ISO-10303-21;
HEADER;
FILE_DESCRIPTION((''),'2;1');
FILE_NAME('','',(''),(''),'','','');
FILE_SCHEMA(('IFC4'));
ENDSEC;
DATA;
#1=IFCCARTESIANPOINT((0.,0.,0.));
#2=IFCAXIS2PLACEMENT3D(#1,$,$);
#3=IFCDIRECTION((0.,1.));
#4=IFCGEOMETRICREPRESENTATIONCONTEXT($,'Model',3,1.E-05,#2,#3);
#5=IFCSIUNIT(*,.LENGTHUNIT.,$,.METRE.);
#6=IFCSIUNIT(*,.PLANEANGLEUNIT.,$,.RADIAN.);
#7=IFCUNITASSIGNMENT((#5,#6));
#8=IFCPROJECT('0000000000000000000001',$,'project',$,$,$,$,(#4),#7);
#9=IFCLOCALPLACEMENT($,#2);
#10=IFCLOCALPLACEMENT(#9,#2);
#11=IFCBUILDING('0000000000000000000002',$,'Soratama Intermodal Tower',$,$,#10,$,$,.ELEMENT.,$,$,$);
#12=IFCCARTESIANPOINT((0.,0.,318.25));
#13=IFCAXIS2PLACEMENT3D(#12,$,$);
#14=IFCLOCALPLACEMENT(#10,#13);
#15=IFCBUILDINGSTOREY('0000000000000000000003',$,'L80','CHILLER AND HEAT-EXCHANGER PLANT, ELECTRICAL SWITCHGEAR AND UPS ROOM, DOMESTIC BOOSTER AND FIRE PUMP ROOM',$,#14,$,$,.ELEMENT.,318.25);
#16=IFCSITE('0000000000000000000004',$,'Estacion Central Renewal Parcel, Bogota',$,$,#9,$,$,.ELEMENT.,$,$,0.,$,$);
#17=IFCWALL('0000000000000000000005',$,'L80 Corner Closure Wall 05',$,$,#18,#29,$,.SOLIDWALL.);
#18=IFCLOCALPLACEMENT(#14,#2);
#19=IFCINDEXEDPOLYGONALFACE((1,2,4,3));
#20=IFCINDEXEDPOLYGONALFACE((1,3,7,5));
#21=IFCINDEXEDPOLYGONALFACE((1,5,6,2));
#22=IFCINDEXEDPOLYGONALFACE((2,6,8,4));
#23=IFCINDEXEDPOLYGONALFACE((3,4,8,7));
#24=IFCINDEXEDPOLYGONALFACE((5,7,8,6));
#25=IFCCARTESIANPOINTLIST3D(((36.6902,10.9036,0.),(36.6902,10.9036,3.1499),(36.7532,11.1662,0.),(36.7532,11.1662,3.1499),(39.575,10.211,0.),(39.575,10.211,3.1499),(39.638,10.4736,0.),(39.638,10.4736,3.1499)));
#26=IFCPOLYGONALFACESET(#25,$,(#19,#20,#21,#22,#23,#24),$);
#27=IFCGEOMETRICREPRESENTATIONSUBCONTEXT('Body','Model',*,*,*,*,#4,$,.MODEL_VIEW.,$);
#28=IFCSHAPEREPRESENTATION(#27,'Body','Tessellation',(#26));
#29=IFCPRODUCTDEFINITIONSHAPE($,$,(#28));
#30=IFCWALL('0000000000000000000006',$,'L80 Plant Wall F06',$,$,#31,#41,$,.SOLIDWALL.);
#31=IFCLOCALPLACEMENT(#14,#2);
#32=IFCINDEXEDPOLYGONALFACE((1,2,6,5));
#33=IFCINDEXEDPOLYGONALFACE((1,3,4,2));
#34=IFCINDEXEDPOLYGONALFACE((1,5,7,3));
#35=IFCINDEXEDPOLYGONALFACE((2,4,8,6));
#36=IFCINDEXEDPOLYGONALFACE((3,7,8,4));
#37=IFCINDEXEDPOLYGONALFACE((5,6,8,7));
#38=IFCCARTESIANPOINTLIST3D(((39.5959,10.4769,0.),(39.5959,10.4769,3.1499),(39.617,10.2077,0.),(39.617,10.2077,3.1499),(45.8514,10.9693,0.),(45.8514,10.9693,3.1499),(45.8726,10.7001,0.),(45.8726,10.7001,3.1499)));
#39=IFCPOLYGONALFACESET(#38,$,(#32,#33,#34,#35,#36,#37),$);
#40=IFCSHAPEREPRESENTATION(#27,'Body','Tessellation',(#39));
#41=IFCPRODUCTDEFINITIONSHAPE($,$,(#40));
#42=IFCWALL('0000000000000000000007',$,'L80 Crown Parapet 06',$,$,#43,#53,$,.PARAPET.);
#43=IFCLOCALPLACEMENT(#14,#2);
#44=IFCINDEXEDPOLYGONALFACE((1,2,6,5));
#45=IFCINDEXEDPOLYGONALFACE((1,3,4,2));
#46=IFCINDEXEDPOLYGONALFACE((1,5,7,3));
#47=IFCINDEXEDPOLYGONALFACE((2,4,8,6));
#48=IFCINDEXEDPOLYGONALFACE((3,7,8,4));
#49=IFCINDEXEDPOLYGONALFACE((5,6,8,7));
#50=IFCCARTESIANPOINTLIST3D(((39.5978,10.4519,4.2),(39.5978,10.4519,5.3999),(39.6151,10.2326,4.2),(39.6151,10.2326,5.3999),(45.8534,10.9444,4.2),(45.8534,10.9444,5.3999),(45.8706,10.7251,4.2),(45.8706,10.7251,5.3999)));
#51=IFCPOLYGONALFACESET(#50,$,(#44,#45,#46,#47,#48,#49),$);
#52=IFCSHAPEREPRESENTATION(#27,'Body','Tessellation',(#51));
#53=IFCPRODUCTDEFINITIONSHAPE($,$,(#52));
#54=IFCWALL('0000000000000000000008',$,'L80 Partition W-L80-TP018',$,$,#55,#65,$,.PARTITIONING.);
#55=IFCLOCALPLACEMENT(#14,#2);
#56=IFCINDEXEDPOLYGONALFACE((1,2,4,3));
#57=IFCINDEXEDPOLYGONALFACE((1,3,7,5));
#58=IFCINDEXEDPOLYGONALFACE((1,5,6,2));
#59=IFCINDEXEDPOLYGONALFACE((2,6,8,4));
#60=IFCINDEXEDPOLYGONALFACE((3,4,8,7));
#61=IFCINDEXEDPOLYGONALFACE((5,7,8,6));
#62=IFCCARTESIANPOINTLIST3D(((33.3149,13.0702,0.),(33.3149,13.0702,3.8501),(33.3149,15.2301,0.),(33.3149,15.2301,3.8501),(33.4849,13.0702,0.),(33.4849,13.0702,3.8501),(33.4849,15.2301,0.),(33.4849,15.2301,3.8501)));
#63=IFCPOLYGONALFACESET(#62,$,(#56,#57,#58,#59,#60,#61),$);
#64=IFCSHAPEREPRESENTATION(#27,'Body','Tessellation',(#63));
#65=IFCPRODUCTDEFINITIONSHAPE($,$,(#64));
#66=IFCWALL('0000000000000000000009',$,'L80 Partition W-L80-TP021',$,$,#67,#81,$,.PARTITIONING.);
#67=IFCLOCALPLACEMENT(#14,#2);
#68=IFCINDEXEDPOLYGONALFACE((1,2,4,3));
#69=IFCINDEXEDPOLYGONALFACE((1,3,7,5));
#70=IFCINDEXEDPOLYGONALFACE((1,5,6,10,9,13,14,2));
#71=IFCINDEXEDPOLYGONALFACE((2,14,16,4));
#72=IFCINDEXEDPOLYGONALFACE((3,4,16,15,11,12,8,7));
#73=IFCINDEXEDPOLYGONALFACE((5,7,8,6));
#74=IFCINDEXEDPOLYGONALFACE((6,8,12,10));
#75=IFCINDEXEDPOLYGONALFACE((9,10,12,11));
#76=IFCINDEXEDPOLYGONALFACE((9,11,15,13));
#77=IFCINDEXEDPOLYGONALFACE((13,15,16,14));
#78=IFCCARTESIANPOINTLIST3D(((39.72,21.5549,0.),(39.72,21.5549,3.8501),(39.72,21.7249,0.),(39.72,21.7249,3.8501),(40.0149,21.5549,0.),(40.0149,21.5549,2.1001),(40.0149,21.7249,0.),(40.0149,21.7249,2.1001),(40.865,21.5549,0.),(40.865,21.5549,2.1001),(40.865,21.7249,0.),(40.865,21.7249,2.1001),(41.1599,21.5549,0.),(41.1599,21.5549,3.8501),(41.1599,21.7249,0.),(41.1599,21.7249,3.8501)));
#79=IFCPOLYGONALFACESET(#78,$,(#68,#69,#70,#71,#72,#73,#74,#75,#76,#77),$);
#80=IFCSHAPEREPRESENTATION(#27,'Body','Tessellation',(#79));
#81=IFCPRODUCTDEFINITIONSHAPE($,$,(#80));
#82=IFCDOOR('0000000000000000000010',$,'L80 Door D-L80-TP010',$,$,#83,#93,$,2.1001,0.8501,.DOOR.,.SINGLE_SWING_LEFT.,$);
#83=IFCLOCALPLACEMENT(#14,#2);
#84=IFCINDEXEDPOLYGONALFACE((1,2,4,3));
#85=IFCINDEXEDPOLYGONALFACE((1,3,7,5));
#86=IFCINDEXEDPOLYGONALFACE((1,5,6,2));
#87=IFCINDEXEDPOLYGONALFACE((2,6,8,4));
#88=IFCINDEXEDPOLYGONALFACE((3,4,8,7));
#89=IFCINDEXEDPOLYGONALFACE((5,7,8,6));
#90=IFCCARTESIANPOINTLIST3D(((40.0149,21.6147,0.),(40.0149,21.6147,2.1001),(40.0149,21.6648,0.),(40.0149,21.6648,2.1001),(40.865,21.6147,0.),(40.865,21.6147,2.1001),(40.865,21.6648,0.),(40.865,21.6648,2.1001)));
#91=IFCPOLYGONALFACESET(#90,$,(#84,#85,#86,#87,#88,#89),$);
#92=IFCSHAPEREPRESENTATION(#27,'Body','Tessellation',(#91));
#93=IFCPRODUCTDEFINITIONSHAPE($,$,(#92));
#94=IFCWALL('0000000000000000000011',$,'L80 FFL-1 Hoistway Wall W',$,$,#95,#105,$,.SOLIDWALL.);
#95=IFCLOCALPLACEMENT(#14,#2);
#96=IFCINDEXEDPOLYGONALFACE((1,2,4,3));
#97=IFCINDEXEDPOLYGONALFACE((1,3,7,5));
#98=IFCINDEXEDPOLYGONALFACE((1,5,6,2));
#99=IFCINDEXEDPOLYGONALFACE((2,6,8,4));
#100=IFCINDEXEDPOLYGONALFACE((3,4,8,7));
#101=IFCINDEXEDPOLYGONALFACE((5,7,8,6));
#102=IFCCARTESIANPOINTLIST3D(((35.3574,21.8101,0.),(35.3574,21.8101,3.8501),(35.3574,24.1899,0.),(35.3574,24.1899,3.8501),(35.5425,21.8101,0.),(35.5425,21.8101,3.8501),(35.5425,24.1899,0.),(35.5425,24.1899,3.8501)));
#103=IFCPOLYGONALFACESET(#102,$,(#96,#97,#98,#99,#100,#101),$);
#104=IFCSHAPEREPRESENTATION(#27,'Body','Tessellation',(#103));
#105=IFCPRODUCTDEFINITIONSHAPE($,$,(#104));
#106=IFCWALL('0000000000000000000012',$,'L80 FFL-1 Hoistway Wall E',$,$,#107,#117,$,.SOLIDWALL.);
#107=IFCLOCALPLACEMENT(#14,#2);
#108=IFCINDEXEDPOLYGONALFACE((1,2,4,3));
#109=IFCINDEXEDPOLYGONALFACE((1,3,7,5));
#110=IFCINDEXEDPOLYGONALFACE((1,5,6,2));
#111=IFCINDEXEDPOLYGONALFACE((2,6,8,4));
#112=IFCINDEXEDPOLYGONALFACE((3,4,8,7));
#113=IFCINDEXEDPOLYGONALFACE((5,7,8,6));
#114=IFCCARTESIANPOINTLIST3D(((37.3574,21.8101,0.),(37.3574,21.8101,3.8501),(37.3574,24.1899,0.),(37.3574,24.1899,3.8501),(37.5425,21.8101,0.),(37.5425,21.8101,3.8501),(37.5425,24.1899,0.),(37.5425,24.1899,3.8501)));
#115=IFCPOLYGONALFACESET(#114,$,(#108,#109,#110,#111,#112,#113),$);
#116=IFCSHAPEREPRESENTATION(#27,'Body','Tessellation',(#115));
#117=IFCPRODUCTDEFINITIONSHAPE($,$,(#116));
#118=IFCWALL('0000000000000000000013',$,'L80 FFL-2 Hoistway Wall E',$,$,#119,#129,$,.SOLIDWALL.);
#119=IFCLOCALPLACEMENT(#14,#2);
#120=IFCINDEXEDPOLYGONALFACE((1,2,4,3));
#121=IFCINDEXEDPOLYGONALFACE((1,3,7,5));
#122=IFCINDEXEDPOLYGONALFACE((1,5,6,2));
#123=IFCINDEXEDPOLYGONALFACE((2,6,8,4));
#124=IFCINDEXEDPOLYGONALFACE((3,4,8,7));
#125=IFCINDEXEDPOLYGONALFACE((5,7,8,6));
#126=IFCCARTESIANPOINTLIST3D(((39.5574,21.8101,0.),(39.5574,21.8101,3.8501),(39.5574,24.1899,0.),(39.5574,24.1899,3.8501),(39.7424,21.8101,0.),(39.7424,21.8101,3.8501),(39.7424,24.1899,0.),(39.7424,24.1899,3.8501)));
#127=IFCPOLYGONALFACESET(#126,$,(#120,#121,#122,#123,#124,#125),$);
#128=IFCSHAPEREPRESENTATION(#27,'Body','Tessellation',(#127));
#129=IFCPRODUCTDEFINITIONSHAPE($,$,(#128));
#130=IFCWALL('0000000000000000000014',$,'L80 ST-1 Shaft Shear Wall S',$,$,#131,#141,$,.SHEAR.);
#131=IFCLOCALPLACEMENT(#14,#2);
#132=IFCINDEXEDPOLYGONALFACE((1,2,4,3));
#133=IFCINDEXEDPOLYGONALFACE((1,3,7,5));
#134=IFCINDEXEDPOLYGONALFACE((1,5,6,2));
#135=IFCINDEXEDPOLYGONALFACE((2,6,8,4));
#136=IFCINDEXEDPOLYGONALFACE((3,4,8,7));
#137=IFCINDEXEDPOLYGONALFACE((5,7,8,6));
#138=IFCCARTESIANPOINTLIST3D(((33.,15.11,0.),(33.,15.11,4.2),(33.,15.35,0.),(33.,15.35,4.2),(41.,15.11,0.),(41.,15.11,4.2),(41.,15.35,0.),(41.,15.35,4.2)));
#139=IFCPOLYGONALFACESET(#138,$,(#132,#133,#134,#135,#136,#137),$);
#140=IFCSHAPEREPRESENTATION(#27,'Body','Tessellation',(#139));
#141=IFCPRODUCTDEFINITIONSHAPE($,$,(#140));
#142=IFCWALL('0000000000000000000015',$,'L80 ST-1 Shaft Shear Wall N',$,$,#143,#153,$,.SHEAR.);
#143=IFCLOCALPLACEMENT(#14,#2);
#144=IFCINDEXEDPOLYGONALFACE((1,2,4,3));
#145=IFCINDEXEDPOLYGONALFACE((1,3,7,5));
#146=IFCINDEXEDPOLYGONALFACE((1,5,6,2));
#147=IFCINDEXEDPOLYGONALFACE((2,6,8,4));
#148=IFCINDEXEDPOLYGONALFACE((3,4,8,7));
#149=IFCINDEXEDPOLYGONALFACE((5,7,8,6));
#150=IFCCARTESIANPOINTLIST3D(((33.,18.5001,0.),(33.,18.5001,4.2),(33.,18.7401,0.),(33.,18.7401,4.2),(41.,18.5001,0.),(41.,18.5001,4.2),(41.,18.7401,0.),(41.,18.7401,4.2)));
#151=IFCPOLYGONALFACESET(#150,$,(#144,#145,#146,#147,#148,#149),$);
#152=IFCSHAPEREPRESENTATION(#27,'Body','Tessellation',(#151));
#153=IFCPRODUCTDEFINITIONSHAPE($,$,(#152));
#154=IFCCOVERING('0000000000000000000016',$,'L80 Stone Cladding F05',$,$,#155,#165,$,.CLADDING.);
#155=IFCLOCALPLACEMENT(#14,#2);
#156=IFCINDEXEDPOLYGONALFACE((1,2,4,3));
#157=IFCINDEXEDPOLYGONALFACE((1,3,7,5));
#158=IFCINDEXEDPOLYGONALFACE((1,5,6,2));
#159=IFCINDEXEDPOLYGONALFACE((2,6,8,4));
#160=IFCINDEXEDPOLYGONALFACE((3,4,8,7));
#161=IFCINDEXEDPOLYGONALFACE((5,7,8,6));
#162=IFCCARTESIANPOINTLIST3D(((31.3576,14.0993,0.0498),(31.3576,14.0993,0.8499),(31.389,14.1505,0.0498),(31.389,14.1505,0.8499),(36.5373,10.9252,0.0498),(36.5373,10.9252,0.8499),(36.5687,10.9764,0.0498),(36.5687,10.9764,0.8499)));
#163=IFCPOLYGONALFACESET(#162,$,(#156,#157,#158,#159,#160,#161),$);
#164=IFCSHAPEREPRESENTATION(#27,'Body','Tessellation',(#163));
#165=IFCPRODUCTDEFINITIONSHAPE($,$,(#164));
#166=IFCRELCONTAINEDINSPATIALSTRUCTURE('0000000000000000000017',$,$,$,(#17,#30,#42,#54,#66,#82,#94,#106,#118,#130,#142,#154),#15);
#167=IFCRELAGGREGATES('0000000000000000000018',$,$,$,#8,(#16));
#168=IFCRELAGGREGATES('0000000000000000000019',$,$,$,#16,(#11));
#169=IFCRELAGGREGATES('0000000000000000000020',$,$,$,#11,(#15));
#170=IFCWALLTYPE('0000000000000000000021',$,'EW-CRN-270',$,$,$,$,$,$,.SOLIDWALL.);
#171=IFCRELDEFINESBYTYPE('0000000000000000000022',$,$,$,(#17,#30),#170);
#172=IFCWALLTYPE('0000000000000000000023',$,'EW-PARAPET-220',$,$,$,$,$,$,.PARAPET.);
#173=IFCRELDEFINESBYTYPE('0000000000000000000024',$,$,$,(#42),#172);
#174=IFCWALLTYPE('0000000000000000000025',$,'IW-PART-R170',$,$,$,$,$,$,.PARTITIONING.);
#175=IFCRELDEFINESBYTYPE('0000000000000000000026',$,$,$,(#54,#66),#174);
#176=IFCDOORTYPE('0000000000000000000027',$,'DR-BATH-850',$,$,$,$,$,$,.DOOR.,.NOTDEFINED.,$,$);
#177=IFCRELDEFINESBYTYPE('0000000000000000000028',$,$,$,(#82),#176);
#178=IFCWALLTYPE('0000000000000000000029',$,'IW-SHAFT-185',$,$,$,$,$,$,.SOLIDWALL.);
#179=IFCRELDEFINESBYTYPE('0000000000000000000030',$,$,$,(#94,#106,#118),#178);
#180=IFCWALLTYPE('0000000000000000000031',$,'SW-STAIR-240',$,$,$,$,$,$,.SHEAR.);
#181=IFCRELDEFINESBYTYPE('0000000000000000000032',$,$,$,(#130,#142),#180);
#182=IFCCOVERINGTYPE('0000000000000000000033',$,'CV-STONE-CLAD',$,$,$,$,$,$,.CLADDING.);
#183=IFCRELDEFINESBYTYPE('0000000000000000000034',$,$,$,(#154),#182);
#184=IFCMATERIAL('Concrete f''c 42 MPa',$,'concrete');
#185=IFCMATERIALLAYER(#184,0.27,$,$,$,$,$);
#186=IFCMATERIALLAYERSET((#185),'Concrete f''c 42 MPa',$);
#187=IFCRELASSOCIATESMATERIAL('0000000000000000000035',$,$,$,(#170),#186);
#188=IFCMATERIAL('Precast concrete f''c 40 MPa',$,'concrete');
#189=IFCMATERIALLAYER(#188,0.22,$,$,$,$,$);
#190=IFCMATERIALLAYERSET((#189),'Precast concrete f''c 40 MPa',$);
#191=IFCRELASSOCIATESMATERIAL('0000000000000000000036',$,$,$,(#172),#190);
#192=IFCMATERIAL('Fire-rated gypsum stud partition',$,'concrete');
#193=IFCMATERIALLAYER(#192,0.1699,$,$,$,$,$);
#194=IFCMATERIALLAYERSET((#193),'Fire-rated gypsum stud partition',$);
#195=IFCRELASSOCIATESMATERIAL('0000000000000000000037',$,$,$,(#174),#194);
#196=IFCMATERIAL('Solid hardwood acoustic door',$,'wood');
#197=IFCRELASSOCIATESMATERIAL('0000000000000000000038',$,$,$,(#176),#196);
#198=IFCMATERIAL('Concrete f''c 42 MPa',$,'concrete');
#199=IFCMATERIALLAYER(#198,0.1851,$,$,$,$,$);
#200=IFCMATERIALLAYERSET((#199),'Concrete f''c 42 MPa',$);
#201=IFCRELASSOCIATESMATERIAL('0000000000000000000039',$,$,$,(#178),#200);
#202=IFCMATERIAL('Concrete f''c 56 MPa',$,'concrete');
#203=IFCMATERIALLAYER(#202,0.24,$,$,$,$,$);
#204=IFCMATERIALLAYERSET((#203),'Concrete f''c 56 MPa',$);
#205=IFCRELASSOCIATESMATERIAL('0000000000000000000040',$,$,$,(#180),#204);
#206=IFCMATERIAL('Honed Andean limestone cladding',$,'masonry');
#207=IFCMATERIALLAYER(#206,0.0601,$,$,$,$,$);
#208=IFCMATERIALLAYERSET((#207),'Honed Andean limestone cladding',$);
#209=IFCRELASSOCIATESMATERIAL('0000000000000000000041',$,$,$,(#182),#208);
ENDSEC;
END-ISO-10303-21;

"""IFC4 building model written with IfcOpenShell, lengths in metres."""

from ifc_helpers import new_model, si_unit, direction, frame, frame_2d, origin, origin_2d, place, context, subcontext, project, spatial, rectangle, extrude, material, layer, layer_set, type_object, element, fill, save


model = new_model("IFC4")

# Units and contexts
model_context = context("Model", 3, precision=1e-05, world=origin(), true_north=direction((0.0, 1.0)))
body_context = subcontext(model_context, "Body", "Model", "MODEL_VIEW")
ifc_project = project(units=[si_unit("LENGTHUNIT", "METRE"), si_unit("PLANEANGLEUNIT", "RADIAN")], contexts=[model_context])

# Site, building, storey
site_placement = place(None, origin())
site = spatial("IfcSite", under=ifc_project, at=site_placement, Name="Estacion Central Renewal Parcel, Bogota", CompositionType="ELEMENT", RefElevation=0.0)
building_placement = place(site_placement, origin())
building = spatial("IfcBuilding", under=site, at=building_placement, Name="Soratama Intermodal Tower", CompositionType="ELEMENT")
storey_placement = place(building_placement, frame((0.0, 0.0, 318.25)))
storey = spatial("IfcBuildingStorey", under=building, at=storey_placement, Name="L80", Description="CHILLER AND HEAT-EXCHANGER PLANT, ELECTRICAL SWITCHGEAR AND UPS ROOM, DOMESTIC BOOSTER AND FIRE PUMP ROOM", CompositionType="ELEMENT", Elevation=318.25)

# Walls
ifc_material_1 = material(Name="Concrete f'c 42 MPa", Category="concrete")
ifc_layer_1 = layer(ifc_material_1, 0.27)
ifc_layer_set_1 = layer_set([ifc_layer_1], Name="Concrete f'c 42 MPa")
wall_type_1 = type_object("IfcWallType", Name="EW-CRN-270", PredefinedType="SOLIDWALL", material=ifc_layer_set_1)
wall_1_placement = place(storey_placement, frame((36.7217, 11.0349, 0.0), z_axis=(0.0, 0.0, 1.0), x_axis=(0.972366, -0.233463, 0.0)))
element("IfcWall", 1, at=wall_1_placement, inside=storey, type_object=wall_type_1, Name="L80 Corner Closure Wall 05", PredefinedType="SOLIDWALL", context=body_context, shape_type="SweptSolid", body=[
    extrude(rectangle(XDim=2.9668, YDim=0.27, at=frame_2d((1.4834, 0.0))), origin(), (0.0, 0.0, 1.0), 3.1499),
])
wall_2_placement = place(storey_placement, frame((39.6064, 10.3423, 0.0), z_axis=(0.0, 0.0, 1.0), x_axis=(0.996916, 0.078476, 0.0)))
element("IfcWall", 2, at=wall_2_placement, inside=storey, type_object=wall_type_1, Name="L80 Plant Wall F06", PredefinedType="SOLIDWALL", context=body_context, shape_type="SweptSolid", body=[
    extrude(rectangle(XDim=6.2749, YDim=0.27, at=frame_2d((3.1375, 0.0))), origin(), (0.0, 0.0, 1.0), 3.1499),
])
ifc_material_2 = material(Name="Precast concrete f'c 40 MPa", Category="concrete")
ifc_layer_2 = layer(ifc_material_2, 0.22)
ifc_layer_set_2 = layer_set([ifc_layer_2], Name="Precast concrete f'c 40 MPa")
wall_type_2 = type_object("IfcWallType", Name="EW-PARAPET-220", PredefinedType="PARAPET", material=ifc_layer_set_2)
wall_3_placement = place(storey_placement, frame((39.6064, 10.3423, 4.2), z_axis=(0.0, 0.0, 1.0), x_axis=(0.996916, 0.078476, 0.0)))
element("IfcWall", 3, at=wall_3_placement, inside=storey, type_object=wall_type_2, Name="L80 Crown Parapet 06", PredefinedType="PARAPET", context=body_context, shape_type="SweptSolid", body=[
    extrude(rectangle(XDim=6.2749, YDim=0.22, at=frame_2d((3.1375, 0.0))), origin(), (0.0, 0.0, 1.0), 1.2),
])
ifc_material_3 = material(Name="Fire-rated gypsum stud partition", Category="concrete")
ifc_layer_3 = layer(ifc_material_3, 0.1699)
ifc_layer_set_3 = layer_set([ifc_layer_3], Name="Fire-rated gypsum stud partition")
wall_type_3 = type_object("IfcWallType", Name="IW-PART-R170", PredefinedType="PARTITIONING", material=ifc_layer_set_3)
wall_4_placement = place(storey_placement, frame((33.3999, 13.0701, 0.0), z_axis=(0.0, 0.0, 1.0), x_axis=(0.0, 1.0, 0.0)))
element("IfcWall", 4, at=wall_4_placement, inside=storey, type_object=wall_type_3, Name="L80 Partition W-L80-TP018", PredefinedType="PARTITIONING", context=body_context, shape_type="SweptSolid", body=[
    extrude(rectangle(XDim=2.1599, YDim=0.1699, at=frame_2d((1.0801, 0.0))), origin(), (0.0, 0.0, 1.0), 3.8501),
])

# Wall, opening, door
wall_5_placement = place(storey_placement, frame((39.72, 21.6399, 0.0), z_axis=(0.0, 0.0, 1.0), x_axis=(1.0, 0.0, 0.0)))
wall_5 = element("IfcWall", 5, at=wall_5_placement, inside=storey, type_object=wall_type_3, Name="L80 Partition W-L80-TP021", PredefinedType="PARTITIONING", context=body_context, shape_type="SweptSolid", body=[
    extrude(rectangle(XDim=1.4399, YDim=0.1699, at=frame_2d((0.72, 0.0))), origin(), (0.0, 0.0, 1.0), 3.8501),
])
opening_1_placement = place(wall_5_placement, frame((0.2949, 0.0, 0.0)))
opening_1 = element("IfcOpeningElement", 6, at=opening_1_placement, cuts=wall_5, PredefinedType="OPENING", context=body_context, shape_type="SweptSolid", body=[
    extrude(rectangle(XDim=0.8501, YDim=2.1001, at=frame_2d((0.425, 1.05))), frame((0.0, 0.095, 0.0), z_axis=(0.0, -1.0, 0.0), x_axis=(1.0, 0.0, 0.0)), (0.0, 0.0, 1.0), 0.1899),
])
ifc_material_4 = material(Name="Solid hardwood acoustic door", Category="wood")
door_type_1 = type_object("IfcDoorType", Name="DR-BATH-850", OperationType="NOTDEFINED", PredefinedType="DOOR", material=ifc_material_4)
door_1_placement = place(opening_1_placement, origin())
door_1 = element("IfcDoor", 7, at=door_1_placement, inside=storey, type_object=door_type_1, Name="L80 Door D-L80-TP010", OperationType="SINGLE_SWING_LEFT", OverallHeight=2.1001, OverallWidth=0.8501, PredefinedType="DOOR", context=body_context, shape_type="SweptSolid", body=[
    extrude(rectangle(XDim=0.8501, YDim=2.1001, at=frame_2d((0.425, 1.05))), frame((0.0, 0.0249, 0.0), z_axis=(0.0, -1.0, 0.0), x_axis=(1.0, 0.0, 0.0)), (0.0, 0.0, 1.0), 0.05),
])
fill(opening_1, door_1)
ifc_material_5 = material(Name="Concrete f'c 42 MPa", Category="concrete")
ifc_layer_4 = layer(ifc_material_5, 0.1851)
ifc_layer_set_4 = layer_set([ifc_layer_4], Name="Concrete f'c 42 MPa")
wall_type_4 = type_object("IfcWallType", Name="IW-SHAFT-185", PredefinedType="SOLIDWALL", material=ifc_layer_set_4)

# Walls
for number, where, z_axis, x_axis, name in (
    (8, (35.45, 21.8101, 0.0), (0.0, 0.0, 1.0), (0.0, 1.0, 0.0), "L80 FFL-1 Hoistway Wall W"),
    (9, (37.45, 21.8101, 0.0), (0.0, 0.0, 1.0), (0.0, 1.0, 0.0), "L80 FFL-1 Hoistway Wall E"),
):
    element("IfcWall", number, at=place(storey_placement, frame(where, z_axis=z_axis, x_axis=x_axis)), inside=storey, type_object=wall_type_4, Name=name, PredefinedType="SOLIDWALL", context=body_context, shape_type="SweptSolid", body=[
        extrude(rectangle(XDim=2.3799, YDim=0.1851, at=frame_2d((1.1899, 0.0))), origin(), (0.0, 0.0, 1.0), 3.8501),
    ])

# Wall
wall_6_placement = place(storey_placement, frame((39.6499, 21.8101, 0.0), z_axis=(0.0, 0.0, 1.0), x_axis=(0.0, 1.0, 0.0)))
element("IfcWall", 10, at=wall_6_placement, inside=storey, type_object=wall_type_4, Name="L80 FFL-2 Hoistway Wall E", PredefinedType="SOLIDWALL", context=body_context, shape_type="SweptSolid", body=[
    extrude(rectangle(XDim=2.3799, YDim=0.1851, at=frame_2d((1.1899, 0.0))), origin(), (0.0, 0.0, 1.0), 3.8501),
])

# Walls
ifc_material_6 = material(Name="Concrete f'c 56 MPa", Category="concrete")
ifc_layer_5 = layer(ifc_material_6, 0.24)
ifc_layer_set_5 = layer_set([ifc_layer_5], Name="Concrete f'c 56 MPa")
wall_type_5 = type_object("IfcWallType", Name="SW-STAIR-240", PredefinedType="SHEAR", material=ifc_layer_set_5)
for number, where, z_axis, x_axis, name in (
    (11, (33.0, 15.23, 0.0), (0.0, 0.0, 1.0), (1.0, 0.0, 0.0), "L80 ST-1 Shaft Shear Wall S"),
    (12, (33.0, 18.6201, 0.0), (0.0, 0.0, 1.0), (1.0, 0.0, 0.0), "L80 ST-1 Shaft Shear Wall N"),
):
    element("IfcWall", number, at=place(storey_placement, frame(where, z_axis=z_axis, x_axis=x_axis)), inside=storey, type_object=wall_type_5, Name=name, PredefinedType="SHEAR", context=body_context, shape_type="SweptSolid", body=[
        extrude(rectangle(XDim=8.0, YDim=0.24, at=frame_2d((4.0, 0.0))), origin(), (0.0, 0.0, 1.0), 4.2),
    ])

# Covering
ifc_material_7 = material(Name="Honed Andean limestone cladding", Category="masonry")
ifc_layer_6 = layer(ifc_material_7, 0.0601)
ifc_layer_set_6 = layer_set([ifc_layer_6], Name="Honed Andean limestone cladding")
covering_type = type_object("IfcCoveringType", Name="CV-STONE-CLAD", PredefinedType="CLADDING", material=ifc_layer_set_6)
covering_placement = place(storey_placement, frame((33.9631, 12.5378, 0.0498), z_axis=(0.0, 0.0, 1.0), x_axis=(0.85264, -0.522499, 0.0)))
element("IfcCovering", 13, at=covering_placement, inside=storey, type_object=covering_type, Name="L80 Stone Cladding F05", PredefinedType="CLADDING", context=body_context, shape_type="SweptSolid", body=[
    extrude(rectangle(XDim=6.075, YDim=0.0601, at=origin_2d()), origin(), (0.0, 0.0, 1.0), 0.8),
])

save(model, "model.ifc")
